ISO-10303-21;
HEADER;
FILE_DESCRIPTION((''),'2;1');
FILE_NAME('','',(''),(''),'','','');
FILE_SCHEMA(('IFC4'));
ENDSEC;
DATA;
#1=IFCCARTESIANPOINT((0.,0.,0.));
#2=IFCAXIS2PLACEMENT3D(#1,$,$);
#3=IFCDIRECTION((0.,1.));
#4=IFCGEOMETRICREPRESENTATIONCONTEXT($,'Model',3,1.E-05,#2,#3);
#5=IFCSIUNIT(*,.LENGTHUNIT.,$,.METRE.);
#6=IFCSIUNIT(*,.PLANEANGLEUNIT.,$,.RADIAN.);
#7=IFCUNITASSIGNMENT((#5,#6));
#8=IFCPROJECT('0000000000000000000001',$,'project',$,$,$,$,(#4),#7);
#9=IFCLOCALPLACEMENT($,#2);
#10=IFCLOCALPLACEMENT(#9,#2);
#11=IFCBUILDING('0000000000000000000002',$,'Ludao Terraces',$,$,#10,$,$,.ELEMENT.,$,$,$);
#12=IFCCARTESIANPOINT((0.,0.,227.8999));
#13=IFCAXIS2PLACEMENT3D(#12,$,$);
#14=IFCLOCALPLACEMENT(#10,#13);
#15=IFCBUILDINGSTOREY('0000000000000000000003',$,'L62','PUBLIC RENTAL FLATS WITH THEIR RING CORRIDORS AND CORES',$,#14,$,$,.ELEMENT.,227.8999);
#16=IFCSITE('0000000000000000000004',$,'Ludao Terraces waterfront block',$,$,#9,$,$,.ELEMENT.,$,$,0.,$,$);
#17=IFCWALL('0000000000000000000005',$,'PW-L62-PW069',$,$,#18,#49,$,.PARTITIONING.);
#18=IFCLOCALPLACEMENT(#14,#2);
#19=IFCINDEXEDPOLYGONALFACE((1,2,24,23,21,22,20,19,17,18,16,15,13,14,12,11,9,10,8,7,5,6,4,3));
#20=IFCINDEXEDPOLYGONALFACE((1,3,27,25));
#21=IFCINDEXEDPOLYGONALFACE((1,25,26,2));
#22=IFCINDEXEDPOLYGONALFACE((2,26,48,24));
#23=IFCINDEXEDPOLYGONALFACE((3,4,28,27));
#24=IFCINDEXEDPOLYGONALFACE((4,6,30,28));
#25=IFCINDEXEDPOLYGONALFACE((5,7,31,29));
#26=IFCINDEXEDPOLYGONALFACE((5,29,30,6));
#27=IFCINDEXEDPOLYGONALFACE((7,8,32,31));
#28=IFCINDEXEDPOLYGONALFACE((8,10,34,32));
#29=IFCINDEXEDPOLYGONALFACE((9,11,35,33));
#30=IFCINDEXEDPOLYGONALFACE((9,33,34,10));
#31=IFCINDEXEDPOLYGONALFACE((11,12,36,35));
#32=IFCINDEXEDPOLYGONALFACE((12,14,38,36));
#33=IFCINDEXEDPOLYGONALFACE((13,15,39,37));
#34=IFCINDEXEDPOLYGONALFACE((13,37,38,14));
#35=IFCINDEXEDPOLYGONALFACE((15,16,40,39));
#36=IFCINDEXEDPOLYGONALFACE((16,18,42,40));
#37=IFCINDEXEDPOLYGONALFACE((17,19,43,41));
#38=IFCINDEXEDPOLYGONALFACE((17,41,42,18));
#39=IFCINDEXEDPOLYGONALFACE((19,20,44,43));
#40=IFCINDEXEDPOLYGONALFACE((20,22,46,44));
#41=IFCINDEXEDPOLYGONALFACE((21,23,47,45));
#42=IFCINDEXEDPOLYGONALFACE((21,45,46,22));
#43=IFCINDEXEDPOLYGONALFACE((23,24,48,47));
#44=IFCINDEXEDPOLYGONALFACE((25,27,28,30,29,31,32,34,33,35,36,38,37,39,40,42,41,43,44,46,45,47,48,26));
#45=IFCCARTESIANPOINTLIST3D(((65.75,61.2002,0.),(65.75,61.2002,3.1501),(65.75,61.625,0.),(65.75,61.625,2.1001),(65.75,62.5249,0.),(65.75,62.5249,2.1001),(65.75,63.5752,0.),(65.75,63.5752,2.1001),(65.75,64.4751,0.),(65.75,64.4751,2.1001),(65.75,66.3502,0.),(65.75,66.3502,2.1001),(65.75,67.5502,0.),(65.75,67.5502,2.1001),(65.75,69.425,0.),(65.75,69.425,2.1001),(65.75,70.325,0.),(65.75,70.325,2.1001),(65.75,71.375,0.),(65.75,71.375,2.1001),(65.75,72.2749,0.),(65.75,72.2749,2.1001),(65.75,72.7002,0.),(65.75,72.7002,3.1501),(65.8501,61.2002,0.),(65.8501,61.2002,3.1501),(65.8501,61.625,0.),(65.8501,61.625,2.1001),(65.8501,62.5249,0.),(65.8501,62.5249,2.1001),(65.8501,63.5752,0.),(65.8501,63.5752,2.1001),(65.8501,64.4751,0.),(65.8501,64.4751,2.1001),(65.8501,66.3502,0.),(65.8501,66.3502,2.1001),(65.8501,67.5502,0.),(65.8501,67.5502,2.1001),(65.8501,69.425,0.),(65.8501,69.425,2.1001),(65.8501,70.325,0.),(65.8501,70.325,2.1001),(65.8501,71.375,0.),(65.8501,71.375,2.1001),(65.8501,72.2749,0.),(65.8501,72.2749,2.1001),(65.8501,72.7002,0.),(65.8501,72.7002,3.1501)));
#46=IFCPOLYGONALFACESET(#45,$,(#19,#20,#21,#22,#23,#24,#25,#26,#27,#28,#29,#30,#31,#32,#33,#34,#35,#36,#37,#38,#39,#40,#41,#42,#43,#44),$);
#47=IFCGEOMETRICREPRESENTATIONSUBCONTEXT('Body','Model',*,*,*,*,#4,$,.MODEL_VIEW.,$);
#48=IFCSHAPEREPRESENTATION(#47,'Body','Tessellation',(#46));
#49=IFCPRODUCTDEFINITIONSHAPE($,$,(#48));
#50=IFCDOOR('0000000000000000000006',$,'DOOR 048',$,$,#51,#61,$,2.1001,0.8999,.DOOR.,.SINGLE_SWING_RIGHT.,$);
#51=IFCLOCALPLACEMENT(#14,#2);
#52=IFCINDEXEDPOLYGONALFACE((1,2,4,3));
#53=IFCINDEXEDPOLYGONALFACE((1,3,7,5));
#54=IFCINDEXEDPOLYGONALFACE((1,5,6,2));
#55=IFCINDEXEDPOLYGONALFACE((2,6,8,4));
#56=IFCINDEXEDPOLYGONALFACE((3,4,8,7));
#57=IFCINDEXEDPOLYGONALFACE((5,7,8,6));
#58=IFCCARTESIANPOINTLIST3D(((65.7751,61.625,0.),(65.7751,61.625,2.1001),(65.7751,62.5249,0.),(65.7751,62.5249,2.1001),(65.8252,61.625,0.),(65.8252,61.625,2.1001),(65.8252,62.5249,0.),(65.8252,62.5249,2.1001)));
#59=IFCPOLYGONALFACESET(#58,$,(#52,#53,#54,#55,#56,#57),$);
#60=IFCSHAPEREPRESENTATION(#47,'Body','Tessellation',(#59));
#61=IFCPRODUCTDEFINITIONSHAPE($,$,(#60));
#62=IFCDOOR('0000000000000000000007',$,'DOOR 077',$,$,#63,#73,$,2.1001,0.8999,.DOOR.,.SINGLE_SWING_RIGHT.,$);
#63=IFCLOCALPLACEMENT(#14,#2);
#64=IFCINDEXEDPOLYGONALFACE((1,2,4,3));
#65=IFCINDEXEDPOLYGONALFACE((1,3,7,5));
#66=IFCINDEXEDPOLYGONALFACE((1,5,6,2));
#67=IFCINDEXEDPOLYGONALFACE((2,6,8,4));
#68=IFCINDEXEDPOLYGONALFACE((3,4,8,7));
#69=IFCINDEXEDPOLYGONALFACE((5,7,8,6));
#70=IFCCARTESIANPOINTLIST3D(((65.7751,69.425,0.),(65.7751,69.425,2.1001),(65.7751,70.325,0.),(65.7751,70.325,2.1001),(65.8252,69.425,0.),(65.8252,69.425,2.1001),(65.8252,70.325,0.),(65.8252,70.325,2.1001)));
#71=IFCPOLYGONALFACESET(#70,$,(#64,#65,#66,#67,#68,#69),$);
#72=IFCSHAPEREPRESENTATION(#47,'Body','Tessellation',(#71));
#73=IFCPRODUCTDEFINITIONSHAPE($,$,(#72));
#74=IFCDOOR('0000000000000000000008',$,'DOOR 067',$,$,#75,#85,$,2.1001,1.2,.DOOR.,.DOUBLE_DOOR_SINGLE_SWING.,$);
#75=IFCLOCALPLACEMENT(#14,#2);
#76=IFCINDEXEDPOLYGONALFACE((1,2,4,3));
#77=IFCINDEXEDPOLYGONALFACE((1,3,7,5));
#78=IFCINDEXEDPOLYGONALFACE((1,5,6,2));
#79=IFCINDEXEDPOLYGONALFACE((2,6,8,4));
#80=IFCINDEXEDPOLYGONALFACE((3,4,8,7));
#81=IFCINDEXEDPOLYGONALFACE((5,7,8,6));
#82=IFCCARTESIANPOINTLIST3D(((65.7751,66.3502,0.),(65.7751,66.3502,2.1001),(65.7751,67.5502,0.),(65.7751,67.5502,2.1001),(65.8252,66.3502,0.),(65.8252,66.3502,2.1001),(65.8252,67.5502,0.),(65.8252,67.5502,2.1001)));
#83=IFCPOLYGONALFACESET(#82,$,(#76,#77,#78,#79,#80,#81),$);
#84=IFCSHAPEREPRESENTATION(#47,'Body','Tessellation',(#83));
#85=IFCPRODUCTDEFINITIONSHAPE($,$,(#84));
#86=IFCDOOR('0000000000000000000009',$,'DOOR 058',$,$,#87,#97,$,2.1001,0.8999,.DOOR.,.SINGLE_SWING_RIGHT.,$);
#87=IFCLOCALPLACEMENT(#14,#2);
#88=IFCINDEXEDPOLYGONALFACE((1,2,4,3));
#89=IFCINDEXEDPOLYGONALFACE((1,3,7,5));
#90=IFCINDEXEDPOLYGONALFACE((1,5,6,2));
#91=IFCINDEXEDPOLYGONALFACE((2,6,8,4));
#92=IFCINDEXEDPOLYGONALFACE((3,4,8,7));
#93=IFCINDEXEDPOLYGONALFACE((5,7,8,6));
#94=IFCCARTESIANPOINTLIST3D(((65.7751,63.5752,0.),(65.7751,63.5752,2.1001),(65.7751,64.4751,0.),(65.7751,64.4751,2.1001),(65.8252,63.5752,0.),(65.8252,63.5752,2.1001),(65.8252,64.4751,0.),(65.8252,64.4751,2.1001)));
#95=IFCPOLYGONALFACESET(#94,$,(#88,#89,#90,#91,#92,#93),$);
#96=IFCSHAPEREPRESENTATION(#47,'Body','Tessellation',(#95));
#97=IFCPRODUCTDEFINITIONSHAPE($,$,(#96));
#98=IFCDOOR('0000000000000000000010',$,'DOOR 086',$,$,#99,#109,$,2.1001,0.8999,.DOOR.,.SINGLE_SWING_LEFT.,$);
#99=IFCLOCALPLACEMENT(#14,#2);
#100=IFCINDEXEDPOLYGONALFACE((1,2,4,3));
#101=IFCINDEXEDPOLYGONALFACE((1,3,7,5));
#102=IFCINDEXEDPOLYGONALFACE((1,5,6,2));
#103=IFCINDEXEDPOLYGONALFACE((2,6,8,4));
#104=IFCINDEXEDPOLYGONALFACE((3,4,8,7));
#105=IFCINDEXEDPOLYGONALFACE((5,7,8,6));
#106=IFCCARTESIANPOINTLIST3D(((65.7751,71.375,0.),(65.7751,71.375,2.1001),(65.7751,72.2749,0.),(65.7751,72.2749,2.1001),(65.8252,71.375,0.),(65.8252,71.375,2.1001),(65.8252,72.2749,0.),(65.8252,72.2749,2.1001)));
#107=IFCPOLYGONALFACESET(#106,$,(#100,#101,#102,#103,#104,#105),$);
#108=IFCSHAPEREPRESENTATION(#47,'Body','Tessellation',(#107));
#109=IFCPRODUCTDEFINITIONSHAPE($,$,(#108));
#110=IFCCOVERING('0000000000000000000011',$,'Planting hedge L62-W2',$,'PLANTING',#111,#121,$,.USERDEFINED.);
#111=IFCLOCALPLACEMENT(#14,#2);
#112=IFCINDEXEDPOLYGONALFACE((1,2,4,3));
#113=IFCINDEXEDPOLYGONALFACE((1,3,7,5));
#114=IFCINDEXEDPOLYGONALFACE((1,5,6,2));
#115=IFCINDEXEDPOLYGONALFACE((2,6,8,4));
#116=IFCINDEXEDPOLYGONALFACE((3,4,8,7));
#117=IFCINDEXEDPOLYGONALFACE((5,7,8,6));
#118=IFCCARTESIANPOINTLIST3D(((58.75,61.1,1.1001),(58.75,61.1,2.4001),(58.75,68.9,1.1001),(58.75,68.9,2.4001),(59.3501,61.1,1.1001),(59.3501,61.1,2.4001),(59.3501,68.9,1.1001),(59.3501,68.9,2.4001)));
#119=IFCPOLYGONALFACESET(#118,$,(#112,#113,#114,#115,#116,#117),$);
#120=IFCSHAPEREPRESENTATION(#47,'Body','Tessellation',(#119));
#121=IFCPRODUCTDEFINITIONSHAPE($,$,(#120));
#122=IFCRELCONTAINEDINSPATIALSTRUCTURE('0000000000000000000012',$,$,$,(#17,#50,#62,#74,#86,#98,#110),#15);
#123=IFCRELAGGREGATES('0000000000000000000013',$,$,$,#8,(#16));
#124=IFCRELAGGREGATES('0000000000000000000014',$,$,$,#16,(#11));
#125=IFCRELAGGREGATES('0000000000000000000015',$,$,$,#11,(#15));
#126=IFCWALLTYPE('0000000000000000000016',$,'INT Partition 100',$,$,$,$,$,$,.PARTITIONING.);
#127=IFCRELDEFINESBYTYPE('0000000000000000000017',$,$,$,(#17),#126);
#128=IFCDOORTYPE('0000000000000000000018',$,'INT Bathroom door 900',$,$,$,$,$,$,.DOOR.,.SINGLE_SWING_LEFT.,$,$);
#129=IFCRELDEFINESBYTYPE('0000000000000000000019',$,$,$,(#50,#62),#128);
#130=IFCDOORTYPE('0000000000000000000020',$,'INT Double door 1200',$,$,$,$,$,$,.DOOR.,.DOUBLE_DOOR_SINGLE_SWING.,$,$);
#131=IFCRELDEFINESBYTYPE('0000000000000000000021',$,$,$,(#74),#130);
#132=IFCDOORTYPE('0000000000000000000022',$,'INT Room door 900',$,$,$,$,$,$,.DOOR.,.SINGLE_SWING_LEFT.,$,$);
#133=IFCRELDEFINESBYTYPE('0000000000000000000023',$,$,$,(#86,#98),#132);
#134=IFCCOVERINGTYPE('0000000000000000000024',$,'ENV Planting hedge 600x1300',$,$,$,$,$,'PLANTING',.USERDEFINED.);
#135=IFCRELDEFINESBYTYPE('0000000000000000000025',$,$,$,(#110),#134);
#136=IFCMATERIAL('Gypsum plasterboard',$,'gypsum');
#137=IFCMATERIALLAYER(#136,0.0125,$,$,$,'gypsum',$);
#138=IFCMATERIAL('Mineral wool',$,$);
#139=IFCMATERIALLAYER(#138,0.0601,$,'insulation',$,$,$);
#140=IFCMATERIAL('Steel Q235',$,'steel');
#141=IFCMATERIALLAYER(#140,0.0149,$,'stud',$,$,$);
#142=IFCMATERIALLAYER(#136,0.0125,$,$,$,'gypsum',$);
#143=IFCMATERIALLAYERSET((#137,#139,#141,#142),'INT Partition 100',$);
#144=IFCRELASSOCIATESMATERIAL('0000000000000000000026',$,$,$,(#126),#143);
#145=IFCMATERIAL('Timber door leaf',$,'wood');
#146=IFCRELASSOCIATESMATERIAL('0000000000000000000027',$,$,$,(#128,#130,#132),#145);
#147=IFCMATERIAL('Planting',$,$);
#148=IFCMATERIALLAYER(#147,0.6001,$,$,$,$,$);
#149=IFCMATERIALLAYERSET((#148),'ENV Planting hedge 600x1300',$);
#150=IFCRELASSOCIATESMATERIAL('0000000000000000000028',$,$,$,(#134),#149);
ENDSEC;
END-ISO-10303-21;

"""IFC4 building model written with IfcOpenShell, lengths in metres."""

from ifc_helpers import new_model, si_unit, direction, frame, frame_2d, origin, origin_2d, place, context, subcontext, project, spatial, rectangle, extrude, material, layer, layer_set, type_object, element, fill, save


model = new_model("IFC4")

# Units and contexts
model_context = context("Model", 3, precision=1e-05, world=origin(), true_north=direction((0.0, 1.0)))
body_context = subcontext(model_context, "Body", "Model", "MODEL_VIEW")
ifc_project = project(units=[si_unit("LENGTHUNIT", "METRE"), si_unit("PLANEANGLEUNIT", "RADIAN")], contexts=[model_context])

# Site, building, storey
site_placement = place(None, origin())
site = spatial("IfcSite", under=ifc_project, at=site_placement, Name="Ludao Terraces waterfront block", CompositionType="ELEMENT", RefElevation=0.0)
building_placement = place(site_placement, origin())
building = spatial("IfcBuilding", under=site, at=building_placement, Name="Ludao Terraces", CompositionType="ELEMENT")
storey_placement = place(building_placement, frame((0.0, 0.0, 227.8999)))
storey = spatial("IfcBuildingStorey", under=building, at=storey_placement, Name="L62", Description="PUBLIC RENTAL FLATS WITH THEIR RING CORRIDORS AND CORES", CompositionType="ELEMENT", Elevation=227.8999)

# Shared definitions
ifc_material_1 = material(Name="Mineral wool")

# Shared definitions
ifc_material_2 = material(Name="Gypsum plasterboard", Category="gypsum")
ifc_layer_1 = layer(ifc_material_2, 0.0125, Category="gypsum")
ifc_layer_2 = layer(ifc_material_1, 0.0601, Name="insulation")
ifc_material_3 = material(Name="Steel Q235", Category="steel")
ifc_layer_3 = layer(ifc_material_3, 0.0149, Name="stud")
ifc_layer_4 = layer(ifc_material_2, 0.0125, Category="gypsum")
ifc_layer_set_1 = layer_set([ifc_layer_1, ifc_layer_2, ifc_layer_3, ifc_layer_4], Name="INT Partition 100")
wall_type_1 = type_object("IfcWallType", Name="INT Partition 100", PredefinedType="PARTITIONING", material=ifc_layer_set_1)

# Wall, openings, doors
wall_1_placement = place(storey_placement, frame((65.8, 61.2002, 0.0), z_axis=(0.0, 0.0, 1.0), x_axis=(0.0, 1.0, 0.0)))
wall_1 = element("IfcWall", 1, at=wall_1_placement, inside=storey, type_object=wall_type_1, Name="PW-L62-PW069", PredefinedType="PARTITIONING", context=body_context, shape_type="SweptSolid", body=[
    extrude(rectangle(XDim=11.5, YDim=0.1001, at=frame_2d((5.75, 0.0))), origin(), (0.0, 0.0, 1.0), 3.1501),
])
opening_1_placement = place(wall_1_placement, frame((0.4248, 0.0, 0.0)))
opening_1 = element("IfcOpeningElement", 2, at=opening_1_placement, cuts=wall_1, PredefinedType="OPENING", context=body_context, shape_type="SweptSolid", body=[
    extrude(rectangle(XDim=0.8999, YDim=2.1001, at=frame_2d((0.45, 1.05))), frame((0.0, 0.0601, 0.0), z_axis=(0.0, -1.0, 0.0), x_axis=(1.0, 0.0, 0.0)), (0.0, 0.0, 1.0), 0.1201),
])
opening_2_placement = place(wall_1_placement, frame((2.375, 0.0, 0.0)))
opening_2 = element("IfcOpeningElement", 3, at=opening_2_placement, cuts=wall_1, PredefinedType="OPENING", context=body_context, shape_type="SweptSolid", body=[
    extrude(rectangle(XDim=0.8999, YDim=2.1001, at=frame_2d((0.45, 1.05))), frame((0.0, 0.0601, 0.0), z_axis=(0.0, -1.0, 0.0), x_axis=(1.0, 0.0, 0.0)), (0.0, 0.0, 1.0), 0.1201),
])
opening_3_placement = place(wall_1_placement, frame((5.1499, 0.0, 0.0)))
opening_3 = element("IfcOpeningElement", 4, at=opening_3_placement, cuts=wall_1, PredefinedType="OPENING", context=body_context, shape_type="SweptSolid", body=[
    extrude(rectangle(XDim=1.2, YDim=2.1001, at=frame_2d((0.6001, 1.05))), frame((0.0, 0.0601, 0.0), z_axis=(0.0, -1.0, 0.0), x_axis=(1.0, 0.0, 0.0)), (0.0, 0.0, 1.0), 0.1201),
])
opening_4_placement = place(wall_1_placement, frame((8.2249, 0.0, 0.0)))
opening_4 = element("IfcOpeningElement", 5, at=opening_4_placement, cuts=wall_1, PredefinedType="OPENING", context=body_context, shape_type="SweptSolid", body=[
    extrude(rectangle(XDim=0.8999, YDim=2.1001, at=frame_2d((0.45, 1.05))), frame((0.0, 0.0601, 0.0), z_axis=(0.0, -1.0, 0.0), x_axis=(1.0, 0.0, 0.0)), (0.0, 0.0, 1.0), 0.1201),
])
opening_5_placement = place(wall_1_placement, frame((10.1748, 0.0, 0.0)))
opening_5 = element("IfcOpeningElement", 6, at=opening_5_placement, cuts=wall_1, PredefinedType="OPENING", context=body_context, shape_type="SweptSolid", body=[
    extrude(rectangle(XDim=0.8999, YDim=2.1001, at=frame_2d((0.45, 1.05))), frame((0.0, 0.0601, 0.0), z_axis=(0.0, -1.0, 0.0), x_axis=(1.0, 0.0, 0.0)), (0.0, 0.0, 1.0), 0.1201),
])
ifc_material_4 = material(Name="Timber door leaf", Category="wood")
door_type_1 = type_object("IfcDoorType", Name="INT Bathroom door 900", OperationType="SINGLE_SWING_LEFT", PredefinedType="DOOR", material=ifc_material_4)
door_1_placement = place(opening_1_placement, origin())
door_1 = element("IfcDoor", 7, at=door_1_placement, inside=storey, type_object=door_type_1, Name="DOOR 048", OperationType="SINGLE_SWING_RIGHT", OverallHeight=2.1001, OverallWidth=0.8999, PredefinedType="DOOR", context=body_context, shape_type="SweptSolid", body=[
    extrude(rectangle(XDim=0.8999, YDim=2.1001, at=frame_2d((0.45, 1.05))), frame((0.0, 0.0249, 0.0), z_axis=(0.0, -1.0, 0.0), x_axis=(1.0, 0.0, 0.0)), (0.0, 0.0, 1.0), 0.05),
])
fill(opening_1, door_1)
door_2_placement = place(opening_4_placement, origin())
door_2 = element("IfcDoor", 8, at=door_2_placement, inside=storey, type_object=door_type_1, Name="DOOR 077", OperationType="SINGLE_SWING_RIGHT", OverallHeight=2.1001, OverallWidth=0.8999, PredefinedType="DOOR", context=body_context, shape_type="SweptSolid", body=[
    extrude(rectangle(XDim=0.8999, YDim=2.1001, at=frame_2d((0.45, 1.05))), frame((0.0, 0.0249, 0.0), z_axis=(0.0, -1.0, 0.0), x_axis=(1.0, 0.0, 0.0)), (0.0, 0.0, 1.0), 0.05),
])
fill(opening_4, door_2)
door_type_2 = type_object("IfcDoorType", Name="INT Double door 1200", OperationType="DOUBLE_DOOR_SINGLE_SWING", PredefinedType="DOOR", material=ifc_material_4)
door_3_placement = place(opening_3_placement, origin())
door_3 = element("IfcDoor", 9, at=door_3_placement, inside=storey, type_object=door_type_2, Name="DOOR 067", OperationType="DOUBLE_DOOR_SINGLE_SWING", OverallHeight=2.1001, OverallWidth=1.2, PredefinedType="DOOR", context=body_context, shape_type="SweptSolid", body=[
    extrude(rectangle(XDim=1.2, YDim=2.1001, at=frame_2d((0.6001, 1.05))), frame((0.0, 0.0249, 0.0), z_axis=(0.0, -1.0, 0.0), x_axis=(1.0, 0.0, 0.0)), (0.0, 0.0, 1.0), 0.05),
])
fill(opening_3, door_3)
door_type_3 = type_object("IfcDoorType", Name="INT Room door 900", OperationType="SINGLE_SWING_LEFT", PredefinedType="DOOR", material=ifc_material_4)
door_4_placement = place(opening_2_placement, origin())
door_4 = element("IfcDoor", 10, at=door_4_placement, inside=storey, type_object=door_type_3, Name="DOOR 058", OperationType="SINGLE_SWING_RIGHT", OverallHeight=2.1001, OverallWidth=0.8999, PredefinedType="DOOR", context=body_context, shape_type="SweptSolid", body=[
    extrude(rectangle(XDim=0.8999, YDim=2.1001, at=frame_2d((0.45, 1.05))), frame((0.0, 0.0249, 0.0), z_axis=(0.0, -1.0, 0.0), x_axis=(1.0, 0.0, 0.0)), (0.0, 0.0, 1.0), 0.05),
])
fill(opening_2, door_4)
door_5_placement = place(opening_5_placement, origin())
door_5 = element("IfcDoor", 11, at=door_5_placement, inside=storey, type_object=door_type_3, Name="DOOR 086", OperationType="SINGLE_SWING_LEFT", OverallHeight=2.1001, OverallWidth=0.8999, PredefinedType="DOOR", context=body_context, shape_type="SweptSolid", body=[
    extrude(rectangle(XDim=0.8999, YDim=2.1001, at=frame_2d((0.45, 1.05))), frame((0.0, 0.0249, 0.0), z_axis=(0.0, -1.0, 0.0), x_axis=(1.0, 0.0, 0.0)), (0.0, 0.0, 1.0), 0.05),
])
fill(opening_5, door_5)

# Covering
ifc_material_5 = material(Name="Planting")
ifc_layer_5 = layer(ifc_material_5, 0.6001)
ifc_layer_set_2 = layer_set([ifc_layer_5], Name="ENV Planting hedge 600x1300")
covering_type = type_object("IfcCoveringType", Name="ENV Planting hedge 600x1300", ElementType="PLANTING", PredefinedType="USERDEFINED", material=ifc_layer_set_2)
covering_placement = place(storey_placement, frame((59.05, 65.0, 1.1001), z_axis=(0.0, 0.0, 1.0), x_axis=(1.0, 0.0, 0.0)))
element("IfcCovering", 12, at=covering_placement, inside=storey, type_object=covering_type, Name="Planting hedge L62-W2", ObjectType="PLANTING", PredefinedType="USERDEFINED", context=body_context, shape_type="SweptSolid", body=[
    extrude(rectangle(XDim=0.6001, YDim=7.8, at=origin_2d()), origin(), (0.0, 0.0, 1.0), 1.3),
])

save(model, "model.ifc")
